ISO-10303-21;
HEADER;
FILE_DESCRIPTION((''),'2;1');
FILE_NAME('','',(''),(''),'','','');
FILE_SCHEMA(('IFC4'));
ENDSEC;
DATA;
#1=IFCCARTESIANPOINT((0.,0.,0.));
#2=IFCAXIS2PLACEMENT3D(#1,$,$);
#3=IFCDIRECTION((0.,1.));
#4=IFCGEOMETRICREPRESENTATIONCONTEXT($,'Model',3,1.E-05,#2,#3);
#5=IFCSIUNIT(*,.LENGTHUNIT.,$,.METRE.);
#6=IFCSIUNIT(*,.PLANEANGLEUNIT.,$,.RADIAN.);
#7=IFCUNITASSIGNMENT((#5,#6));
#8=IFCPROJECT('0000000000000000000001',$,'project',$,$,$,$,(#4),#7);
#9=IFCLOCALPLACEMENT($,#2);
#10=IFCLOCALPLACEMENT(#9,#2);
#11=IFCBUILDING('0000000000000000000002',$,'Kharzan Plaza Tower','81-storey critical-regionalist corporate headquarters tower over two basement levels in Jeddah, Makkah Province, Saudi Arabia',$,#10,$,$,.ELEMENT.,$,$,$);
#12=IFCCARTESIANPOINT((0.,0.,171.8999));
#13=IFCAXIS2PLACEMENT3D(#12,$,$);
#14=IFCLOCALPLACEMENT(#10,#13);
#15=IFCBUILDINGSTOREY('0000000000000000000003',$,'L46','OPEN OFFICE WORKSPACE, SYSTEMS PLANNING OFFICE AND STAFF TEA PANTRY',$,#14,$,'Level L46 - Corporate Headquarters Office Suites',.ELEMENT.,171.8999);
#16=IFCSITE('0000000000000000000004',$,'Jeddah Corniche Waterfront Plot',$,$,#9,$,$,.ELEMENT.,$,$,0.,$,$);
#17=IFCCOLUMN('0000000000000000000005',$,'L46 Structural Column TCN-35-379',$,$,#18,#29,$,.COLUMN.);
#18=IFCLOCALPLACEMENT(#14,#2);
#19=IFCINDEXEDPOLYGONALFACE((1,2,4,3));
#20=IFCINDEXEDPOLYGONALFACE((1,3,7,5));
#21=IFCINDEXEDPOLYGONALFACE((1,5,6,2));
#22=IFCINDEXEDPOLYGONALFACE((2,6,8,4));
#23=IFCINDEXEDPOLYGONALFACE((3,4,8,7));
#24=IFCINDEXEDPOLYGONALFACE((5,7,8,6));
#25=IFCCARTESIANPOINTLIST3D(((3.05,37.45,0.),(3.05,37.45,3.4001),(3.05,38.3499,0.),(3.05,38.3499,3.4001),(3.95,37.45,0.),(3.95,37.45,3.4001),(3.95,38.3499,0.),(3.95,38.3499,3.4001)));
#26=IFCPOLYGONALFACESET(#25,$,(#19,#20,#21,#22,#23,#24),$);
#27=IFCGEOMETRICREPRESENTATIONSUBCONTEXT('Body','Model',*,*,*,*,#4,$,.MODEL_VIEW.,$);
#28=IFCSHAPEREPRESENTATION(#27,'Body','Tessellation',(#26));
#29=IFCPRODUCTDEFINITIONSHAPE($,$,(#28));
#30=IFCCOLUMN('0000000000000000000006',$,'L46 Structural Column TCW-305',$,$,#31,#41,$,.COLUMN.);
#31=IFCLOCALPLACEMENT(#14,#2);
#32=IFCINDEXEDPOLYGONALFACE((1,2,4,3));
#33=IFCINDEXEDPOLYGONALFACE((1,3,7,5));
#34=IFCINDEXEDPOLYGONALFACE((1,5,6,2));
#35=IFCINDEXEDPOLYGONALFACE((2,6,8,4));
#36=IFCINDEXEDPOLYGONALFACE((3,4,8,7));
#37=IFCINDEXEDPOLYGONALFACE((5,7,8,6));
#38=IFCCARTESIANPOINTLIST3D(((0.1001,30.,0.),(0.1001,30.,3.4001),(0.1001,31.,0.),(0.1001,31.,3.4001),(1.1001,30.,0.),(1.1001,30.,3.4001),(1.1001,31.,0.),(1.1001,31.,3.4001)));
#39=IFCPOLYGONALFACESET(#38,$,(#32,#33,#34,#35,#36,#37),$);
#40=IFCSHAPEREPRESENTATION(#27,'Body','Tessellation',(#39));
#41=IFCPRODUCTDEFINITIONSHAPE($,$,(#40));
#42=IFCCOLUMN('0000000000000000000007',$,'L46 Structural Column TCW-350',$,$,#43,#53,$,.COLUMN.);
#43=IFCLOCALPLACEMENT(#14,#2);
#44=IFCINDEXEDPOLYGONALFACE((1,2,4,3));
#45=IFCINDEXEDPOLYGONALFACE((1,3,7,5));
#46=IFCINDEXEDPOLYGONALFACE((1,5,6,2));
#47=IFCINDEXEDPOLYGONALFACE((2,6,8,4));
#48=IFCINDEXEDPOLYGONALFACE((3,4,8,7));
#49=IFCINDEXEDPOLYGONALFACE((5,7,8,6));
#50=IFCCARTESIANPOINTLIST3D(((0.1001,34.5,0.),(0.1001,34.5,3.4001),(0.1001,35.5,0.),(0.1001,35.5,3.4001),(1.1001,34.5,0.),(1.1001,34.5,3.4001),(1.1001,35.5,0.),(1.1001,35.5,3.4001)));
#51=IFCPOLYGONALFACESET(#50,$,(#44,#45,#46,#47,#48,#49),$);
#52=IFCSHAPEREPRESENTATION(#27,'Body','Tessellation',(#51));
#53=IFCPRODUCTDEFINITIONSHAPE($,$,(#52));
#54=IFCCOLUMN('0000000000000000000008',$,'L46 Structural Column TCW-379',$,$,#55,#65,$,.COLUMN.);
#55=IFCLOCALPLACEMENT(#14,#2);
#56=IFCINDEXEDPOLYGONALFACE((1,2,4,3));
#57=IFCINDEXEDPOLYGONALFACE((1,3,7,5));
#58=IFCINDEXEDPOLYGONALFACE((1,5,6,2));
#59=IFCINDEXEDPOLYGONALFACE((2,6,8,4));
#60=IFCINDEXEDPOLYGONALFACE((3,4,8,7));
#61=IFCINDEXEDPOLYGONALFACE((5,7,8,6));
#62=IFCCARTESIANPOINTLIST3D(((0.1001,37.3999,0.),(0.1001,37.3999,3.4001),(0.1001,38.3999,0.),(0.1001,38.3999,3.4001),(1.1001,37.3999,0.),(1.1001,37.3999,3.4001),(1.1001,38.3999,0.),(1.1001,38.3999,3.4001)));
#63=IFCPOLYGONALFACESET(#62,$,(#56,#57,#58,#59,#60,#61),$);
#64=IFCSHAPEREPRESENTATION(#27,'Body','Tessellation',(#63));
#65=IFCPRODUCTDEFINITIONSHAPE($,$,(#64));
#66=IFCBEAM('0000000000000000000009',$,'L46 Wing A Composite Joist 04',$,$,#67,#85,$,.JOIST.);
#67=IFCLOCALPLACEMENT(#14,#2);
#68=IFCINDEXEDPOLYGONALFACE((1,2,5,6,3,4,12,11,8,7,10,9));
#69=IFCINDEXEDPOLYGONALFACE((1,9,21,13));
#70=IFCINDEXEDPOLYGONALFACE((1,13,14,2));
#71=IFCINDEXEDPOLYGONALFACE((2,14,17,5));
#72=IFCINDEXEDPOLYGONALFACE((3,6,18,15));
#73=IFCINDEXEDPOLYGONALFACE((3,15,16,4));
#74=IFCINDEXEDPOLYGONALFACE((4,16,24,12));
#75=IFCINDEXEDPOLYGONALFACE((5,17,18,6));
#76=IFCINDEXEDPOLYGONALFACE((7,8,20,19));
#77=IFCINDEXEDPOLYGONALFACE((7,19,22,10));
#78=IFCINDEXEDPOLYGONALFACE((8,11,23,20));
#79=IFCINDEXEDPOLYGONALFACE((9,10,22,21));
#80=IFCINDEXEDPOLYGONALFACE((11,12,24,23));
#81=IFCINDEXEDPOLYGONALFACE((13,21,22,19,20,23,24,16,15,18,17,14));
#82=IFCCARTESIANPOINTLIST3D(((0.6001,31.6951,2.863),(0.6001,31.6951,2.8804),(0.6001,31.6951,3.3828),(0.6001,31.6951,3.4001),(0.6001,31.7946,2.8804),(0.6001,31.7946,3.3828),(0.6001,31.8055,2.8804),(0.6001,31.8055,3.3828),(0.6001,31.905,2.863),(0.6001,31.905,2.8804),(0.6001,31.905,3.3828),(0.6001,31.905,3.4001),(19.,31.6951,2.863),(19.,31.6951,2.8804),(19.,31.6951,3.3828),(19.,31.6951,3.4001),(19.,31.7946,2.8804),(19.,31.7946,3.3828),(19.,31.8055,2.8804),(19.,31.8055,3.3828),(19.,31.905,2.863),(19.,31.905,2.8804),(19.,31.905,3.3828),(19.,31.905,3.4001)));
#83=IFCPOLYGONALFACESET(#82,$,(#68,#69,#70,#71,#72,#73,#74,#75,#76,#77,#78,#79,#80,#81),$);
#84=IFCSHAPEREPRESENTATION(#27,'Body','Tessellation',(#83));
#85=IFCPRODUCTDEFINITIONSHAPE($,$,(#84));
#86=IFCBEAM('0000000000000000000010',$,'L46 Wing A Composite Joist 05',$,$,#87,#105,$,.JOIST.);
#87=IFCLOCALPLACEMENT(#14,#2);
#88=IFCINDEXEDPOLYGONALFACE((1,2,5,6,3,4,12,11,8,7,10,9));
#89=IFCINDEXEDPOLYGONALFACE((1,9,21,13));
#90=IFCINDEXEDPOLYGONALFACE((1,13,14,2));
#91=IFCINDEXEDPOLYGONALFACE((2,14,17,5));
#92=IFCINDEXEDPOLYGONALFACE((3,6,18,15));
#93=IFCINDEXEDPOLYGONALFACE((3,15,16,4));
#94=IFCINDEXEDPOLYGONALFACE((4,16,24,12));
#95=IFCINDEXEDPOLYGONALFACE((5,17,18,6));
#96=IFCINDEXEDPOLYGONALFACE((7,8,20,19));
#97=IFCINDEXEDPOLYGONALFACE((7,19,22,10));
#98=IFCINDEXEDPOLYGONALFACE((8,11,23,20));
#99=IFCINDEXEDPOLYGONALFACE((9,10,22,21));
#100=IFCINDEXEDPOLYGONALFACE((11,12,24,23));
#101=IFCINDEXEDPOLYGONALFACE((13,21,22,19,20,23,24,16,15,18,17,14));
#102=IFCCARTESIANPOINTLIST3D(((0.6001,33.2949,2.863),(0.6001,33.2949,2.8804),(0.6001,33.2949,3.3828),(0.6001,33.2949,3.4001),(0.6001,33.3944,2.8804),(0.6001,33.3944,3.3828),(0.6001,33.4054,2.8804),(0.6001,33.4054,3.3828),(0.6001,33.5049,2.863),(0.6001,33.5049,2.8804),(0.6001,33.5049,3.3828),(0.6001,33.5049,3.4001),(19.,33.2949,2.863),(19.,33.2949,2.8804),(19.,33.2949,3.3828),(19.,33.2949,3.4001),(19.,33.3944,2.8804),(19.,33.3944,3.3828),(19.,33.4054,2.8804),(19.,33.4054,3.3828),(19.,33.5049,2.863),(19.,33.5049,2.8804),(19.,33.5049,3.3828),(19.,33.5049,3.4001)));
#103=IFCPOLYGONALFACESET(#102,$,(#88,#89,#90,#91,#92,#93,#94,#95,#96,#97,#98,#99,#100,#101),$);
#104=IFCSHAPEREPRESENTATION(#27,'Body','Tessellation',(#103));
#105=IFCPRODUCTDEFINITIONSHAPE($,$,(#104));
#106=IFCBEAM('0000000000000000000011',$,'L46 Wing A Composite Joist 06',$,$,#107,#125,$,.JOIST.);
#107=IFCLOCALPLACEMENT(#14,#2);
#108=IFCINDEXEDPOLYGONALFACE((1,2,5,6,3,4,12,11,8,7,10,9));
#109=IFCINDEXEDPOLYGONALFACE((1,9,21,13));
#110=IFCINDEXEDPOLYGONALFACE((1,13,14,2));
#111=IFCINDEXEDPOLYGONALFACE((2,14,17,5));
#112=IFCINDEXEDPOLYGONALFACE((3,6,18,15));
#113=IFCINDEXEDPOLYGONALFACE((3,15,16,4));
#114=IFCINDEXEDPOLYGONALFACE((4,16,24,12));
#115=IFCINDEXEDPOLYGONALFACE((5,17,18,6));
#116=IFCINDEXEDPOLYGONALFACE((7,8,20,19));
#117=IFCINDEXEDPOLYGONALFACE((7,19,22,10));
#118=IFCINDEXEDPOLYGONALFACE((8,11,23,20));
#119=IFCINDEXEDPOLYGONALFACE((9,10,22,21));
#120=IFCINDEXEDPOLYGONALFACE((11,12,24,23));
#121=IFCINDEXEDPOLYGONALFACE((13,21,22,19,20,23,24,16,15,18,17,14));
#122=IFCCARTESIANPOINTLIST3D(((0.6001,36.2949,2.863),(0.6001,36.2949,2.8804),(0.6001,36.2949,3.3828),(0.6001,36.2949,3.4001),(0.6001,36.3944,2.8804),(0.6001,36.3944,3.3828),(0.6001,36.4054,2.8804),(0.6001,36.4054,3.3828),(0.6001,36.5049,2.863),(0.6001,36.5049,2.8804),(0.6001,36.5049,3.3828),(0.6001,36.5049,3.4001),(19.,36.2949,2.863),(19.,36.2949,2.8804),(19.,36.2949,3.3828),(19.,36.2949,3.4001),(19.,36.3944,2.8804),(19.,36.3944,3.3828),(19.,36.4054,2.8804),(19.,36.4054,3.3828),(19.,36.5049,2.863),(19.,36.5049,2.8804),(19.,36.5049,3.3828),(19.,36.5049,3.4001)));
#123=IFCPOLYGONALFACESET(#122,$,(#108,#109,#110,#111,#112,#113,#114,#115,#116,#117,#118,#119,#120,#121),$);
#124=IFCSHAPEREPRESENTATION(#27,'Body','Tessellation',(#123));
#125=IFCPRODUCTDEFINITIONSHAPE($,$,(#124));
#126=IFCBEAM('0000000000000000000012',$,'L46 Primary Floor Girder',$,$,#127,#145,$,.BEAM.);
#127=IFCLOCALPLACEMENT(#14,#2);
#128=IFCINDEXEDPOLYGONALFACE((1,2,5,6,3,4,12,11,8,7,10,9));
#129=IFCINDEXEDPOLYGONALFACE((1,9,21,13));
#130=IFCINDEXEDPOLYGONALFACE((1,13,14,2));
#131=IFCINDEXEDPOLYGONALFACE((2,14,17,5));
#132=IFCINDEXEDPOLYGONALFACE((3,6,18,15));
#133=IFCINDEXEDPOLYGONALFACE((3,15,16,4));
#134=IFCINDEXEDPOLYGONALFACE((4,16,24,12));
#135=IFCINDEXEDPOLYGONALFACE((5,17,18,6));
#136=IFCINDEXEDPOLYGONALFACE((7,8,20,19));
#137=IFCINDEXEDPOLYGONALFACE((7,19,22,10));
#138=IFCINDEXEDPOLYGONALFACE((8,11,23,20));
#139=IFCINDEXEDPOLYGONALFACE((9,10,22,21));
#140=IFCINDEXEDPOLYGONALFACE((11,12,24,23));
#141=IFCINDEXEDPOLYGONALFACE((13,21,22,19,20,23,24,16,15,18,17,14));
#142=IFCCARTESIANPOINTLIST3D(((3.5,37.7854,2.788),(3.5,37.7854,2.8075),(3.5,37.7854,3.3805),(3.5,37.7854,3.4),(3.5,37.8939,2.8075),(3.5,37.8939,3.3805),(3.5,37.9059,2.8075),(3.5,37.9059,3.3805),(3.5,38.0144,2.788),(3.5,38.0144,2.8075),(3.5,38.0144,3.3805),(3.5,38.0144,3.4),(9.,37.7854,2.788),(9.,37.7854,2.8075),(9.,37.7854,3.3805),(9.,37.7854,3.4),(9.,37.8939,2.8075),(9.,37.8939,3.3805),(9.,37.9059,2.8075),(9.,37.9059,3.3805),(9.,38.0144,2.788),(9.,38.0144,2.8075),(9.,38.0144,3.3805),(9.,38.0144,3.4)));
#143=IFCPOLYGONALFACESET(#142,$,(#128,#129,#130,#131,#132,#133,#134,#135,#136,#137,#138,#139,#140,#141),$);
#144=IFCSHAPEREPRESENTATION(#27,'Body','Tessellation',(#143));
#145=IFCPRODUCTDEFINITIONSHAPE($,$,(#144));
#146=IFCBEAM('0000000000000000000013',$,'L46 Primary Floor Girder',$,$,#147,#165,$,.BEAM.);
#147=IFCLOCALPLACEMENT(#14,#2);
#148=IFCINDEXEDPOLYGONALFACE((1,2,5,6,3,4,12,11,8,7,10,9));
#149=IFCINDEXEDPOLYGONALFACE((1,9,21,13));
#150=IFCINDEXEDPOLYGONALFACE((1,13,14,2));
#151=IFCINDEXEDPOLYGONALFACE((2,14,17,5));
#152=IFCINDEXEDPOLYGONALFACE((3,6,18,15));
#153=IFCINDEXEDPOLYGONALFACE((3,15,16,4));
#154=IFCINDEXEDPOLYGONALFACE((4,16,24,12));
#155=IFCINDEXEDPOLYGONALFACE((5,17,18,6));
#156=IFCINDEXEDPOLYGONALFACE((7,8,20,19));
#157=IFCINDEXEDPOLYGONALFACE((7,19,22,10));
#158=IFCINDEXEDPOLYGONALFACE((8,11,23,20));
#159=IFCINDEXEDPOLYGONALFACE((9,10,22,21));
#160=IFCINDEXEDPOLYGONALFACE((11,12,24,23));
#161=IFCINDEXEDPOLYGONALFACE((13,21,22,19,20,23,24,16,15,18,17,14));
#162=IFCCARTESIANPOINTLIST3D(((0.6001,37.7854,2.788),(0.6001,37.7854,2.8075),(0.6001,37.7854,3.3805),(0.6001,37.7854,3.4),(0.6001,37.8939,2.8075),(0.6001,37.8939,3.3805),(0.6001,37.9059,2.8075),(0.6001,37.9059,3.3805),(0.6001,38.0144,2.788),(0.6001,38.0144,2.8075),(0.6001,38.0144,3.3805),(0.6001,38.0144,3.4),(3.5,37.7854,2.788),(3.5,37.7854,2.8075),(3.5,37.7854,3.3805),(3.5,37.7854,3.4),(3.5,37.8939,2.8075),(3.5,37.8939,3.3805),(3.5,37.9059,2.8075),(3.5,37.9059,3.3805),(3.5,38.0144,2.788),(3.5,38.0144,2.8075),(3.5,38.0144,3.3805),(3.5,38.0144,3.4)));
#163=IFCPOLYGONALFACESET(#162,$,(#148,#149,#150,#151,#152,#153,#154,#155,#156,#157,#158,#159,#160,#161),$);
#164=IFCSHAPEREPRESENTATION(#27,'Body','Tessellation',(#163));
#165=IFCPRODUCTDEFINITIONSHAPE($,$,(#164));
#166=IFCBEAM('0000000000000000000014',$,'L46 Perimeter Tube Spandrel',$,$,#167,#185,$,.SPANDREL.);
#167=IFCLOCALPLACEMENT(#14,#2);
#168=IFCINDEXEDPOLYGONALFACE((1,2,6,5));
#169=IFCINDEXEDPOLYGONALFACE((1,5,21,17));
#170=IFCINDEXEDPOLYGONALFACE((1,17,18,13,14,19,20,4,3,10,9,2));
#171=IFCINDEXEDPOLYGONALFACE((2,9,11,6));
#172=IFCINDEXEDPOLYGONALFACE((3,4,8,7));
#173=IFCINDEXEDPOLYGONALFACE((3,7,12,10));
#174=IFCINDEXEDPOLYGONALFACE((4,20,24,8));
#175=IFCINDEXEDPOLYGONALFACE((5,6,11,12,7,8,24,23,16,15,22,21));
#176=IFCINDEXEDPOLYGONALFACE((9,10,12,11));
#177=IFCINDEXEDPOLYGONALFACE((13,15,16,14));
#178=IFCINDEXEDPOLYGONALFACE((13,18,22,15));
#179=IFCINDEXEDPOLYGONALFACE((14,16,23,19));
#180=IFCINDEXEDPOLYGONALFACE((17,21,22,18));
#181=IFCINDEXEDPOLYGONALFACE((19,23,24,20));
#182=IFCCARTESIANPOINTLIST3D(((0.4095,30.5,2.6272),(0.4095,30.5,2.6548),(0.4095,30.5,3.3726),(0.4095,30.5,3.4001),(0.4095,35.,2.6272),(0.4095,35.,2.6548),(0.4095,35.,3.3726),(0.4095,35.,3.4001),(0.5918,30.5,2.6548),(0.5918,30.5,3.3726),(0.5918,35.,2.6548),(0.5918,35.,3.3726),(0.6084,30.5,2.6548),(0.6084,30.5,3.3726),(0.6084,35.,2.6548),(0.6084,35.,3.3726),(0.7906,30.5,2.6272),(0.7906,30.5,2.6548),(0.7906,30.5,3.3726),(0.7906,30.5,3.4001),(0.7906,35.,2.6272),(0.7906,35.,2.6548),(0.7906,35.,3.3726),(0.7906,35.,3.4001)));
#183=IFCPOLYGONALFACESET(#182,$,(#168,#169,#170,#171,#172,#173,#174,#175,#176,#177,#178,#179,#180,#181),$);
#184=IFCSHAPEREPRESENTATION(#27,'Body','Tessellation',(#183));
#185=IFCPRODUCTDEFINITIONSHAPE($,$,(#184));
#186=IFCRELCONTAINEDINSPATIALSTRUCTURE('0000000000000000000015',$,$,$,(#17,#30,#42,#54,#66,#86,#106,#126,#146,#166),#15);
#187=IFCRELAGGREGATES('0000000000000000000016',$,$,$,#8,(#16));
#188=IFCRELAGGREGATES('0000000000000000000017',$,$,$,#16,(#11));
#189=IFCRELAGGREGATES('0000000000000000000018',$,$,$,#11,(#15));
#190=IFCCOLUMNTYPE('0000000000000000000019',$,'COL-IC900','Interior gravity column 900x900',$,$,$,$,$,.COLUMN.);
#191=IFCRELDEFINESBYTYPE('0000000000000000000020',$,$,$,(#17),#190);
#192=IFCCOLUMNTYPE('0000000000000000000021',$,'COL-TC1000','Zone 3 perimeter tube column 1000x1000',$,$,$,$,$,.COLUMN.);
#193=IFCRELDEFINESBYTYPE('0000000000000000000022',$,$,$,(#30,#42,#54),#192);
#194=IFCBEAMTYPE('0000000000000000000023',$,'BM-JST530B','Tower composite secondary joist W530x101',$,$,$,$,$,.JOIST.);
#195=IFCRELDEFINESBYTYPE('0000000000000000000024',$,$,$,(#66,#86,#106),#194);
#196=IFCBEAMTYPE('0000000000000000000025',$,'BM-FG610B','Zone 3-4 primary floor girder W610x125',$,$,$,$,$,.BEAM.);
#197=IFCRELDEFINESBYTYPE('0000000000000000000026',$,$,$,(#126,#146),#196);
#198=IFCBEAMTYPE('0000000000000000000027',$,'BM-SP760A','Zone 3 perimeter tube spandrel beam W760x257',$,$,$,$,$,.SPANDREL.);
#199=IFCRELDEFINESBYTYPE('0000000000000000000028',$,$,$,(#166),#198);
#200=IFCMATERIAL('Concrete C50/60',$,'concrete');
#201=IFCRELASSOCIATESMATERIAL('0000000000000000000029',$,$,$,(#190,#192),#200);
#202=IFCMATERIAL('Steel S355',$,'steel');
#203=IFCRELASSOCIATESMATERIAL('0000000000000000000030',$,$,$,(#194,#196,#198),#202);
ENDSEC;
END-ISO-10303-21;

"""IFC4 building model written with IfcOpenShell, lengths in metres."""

from ifc_helpers import new_model, si_unit, direction, frame, origin, origin_2d, place, context, subcontext, project, spatial, rectangle, i_section, extrude, source, transform, mapped, material, material_profile, profile_set, type_object, element, save


model = new_model("IFC4")

# Units and contexts
model_context = context("Model", 3, precision=1e-05, world=origin(), true_north=direction((0.0, 1.0)))
body_context = subcontext(model_context, "Body", "Model", "MODEL_VIEW")
ifc_project = project(units=[si_unit("LENGTHUNIT", "METRE"), si_unit("PLANEANGLEUNIT", "RADIAN")], contexts=[model_context])

# Site, building, storey
site_placement = place(None, origin())
site = spatial("IfcSite", under=ifc_project, at=site_placement, Name="Jeddah Corniche Waterfront Plot", CompositionType="ELEMENT", RefElevation=0.0)
building_placement = place(site_placement, origin())
building = spatial("IfcBuilding", under=site, at=building_placement, Name="Kharzan Plaza Tower", Description="81-storey critical-regionalist corporate headquarters tower over two basement levels in Jeddah, Makkah Province, Saudi Arabia", CompositionType="ELEMENT")
storey_placement = place(building_placement, frame((0.0, 0.0, 171.8999)))
storey = spatial("IfcBuildingStorey", under=building, at=storey_placement, Name="L46", Description="OPEN OFFICE WORKSPACE, SYSTEMS PLANNING OFFICE AND STAFF TEA PANTRY", LongName="Level L46 - Corporate Headquarters Office Suites", CompositionType="ELEMENT", Elevation=171.8999)

# Columns
ifc_material_1 = material(Name="Concrete C50/60", Category="concrete")
ifc_material_profile_1 = material_profile(ifc_material_1, rectangle(XDim=0.8999, YDim=0.8999, at=origin_2d()), Name="RC-IC900x900")
ifc_profile_set_1 = profile_set([ifc_material_profile_1], Name="Concrete C50/60")
column_type_1 = type_object("IfcColumnType", Name="COL-IC900", Description="Interior gravity column 900x900", PredefinedType="COLUMN", material=ifc_profile_set_1)
shared_shape_1 = source(origin(), body_context, "Body", "SweptSolid", [
    extrude(rectangle(XDim=0.8999, YDim=0.8999, at=origin_2d()), origin(), (0.0, 0.0, 1.0), 3.4001),
])
column_placement = place(storey_placement, frame((3.5, 37.8999, 0.0), z_axis=(0.0, 0.0, 1.0), x_axis=(1.0, 0.0, 0.0)))
element("IfcColumn", 1, at=column_placement, inside=storey, type_object=column_type_1, Name="L46 Structural Column TCN-35-379", PredefinedType="COLUMN", context=body_context, shape_type="MappedRepresentation", body=[
    mapped(shared_shape_1, transform((0.0, 0.0, 0.0), x_axis=(1.0, 0.0, 0.0), y_axis=(0.0, 1.0, 0.0), z_axis=(0.0, 0.0, 1.0))),
])
ifc_material_profile_2 = material_profile(ifc_material_1, rectangle(XDim=1.0, YDim=1.0, at=origin_2d()), Name="RC-TC1000x1000")
ifc_profile_set_2 = profile_set([ifc_material_profile_2], Name="Concrete C50/60")
column_type_2 = type_object("IfcColumnType", Name="COL-TC1000", Description="Zone 3 perimeter tube column 1000x1000", PredefinedType="COLUMN", material=ifc_profile_set_2)
shared_shape_2 = source(origin(), body_context, "Body", "SweptSolid", [
    extrude(rectangle(XDim=1.0, YDim=1.0, at=origin_2d()), origin(), (0.0, 0.0, 1.0), 3.4001),
])
for number, where, z_axis, x_axis, name in (
    (2, (0.6001, 30.5, 0.0), (0.0, 0.0, 1.0), (1.0, 0.0, 0.0), "L46 Structural Column TCW-305"),
    (3, (0.6001, 35.0, 0.0), (0.0, 0.0, 1.0), (1.0, 0.0, 0.0), "L46 Structural Column TCW-350"),
    (4, (0.6001, 37.8999, 0.0), (0.0, 0.0, 1.0), (1.0, 0.0, 0.0), "L46 Structural Column TCW-379"),
):
    element("IfcColumn", number, at=place(storey_placement, frame(where, z_axis=z_axis, x_axis=x_axis)), inside=storey, type_object=column_type_2, Name=name, PredefinedType="COLUMN", context=body_context, shape_type="MappedRepresentation", body=[
        mapped(shared_shape_2, transform((0.0, 0.0, 0.0), x_axis=(1.0, 0.0, 0.0), y_axis=(0.0, 1.0, 0.0), z_axis=(0.0, 0.0, 1.0))),
    ])

# Beams
ifc_material_2 = material(Name="Steel S355", Category="steel")
ifc_material_profile_3 = material_profile(ifc_material_2, i_section(OverallWidth=0.21, OverallDepth=0.5371, WebThickness=0.011, FlangeThickness=0.0173, at=origin_2d()), Name="W530x101")
ifc_profile_set_3 = profile_set([ifc_material_profile_3], Name="Steel S355")
beam_type_1 = type_object("IfcBeamType", Name="BM-JST530B", Description="Tower composite secondary joist W530x101", PredefinedType="JOIST", material=ifc_profile_set_3)
shared_shape_3 = source(origin(), body_context, "Body", "SweptSolid", [
    extrude(i_section(OverallWidth=0.21, OverallDepth=0.5371, WebThickness=0.011, FlangeThickness=0.0173, at=origin_2d()), origin(), (0.0, 0.0, 1.0), 18.3999),
])
for number, where, z_axis, x_axis, name in (
    (5, (0.6001, 31.8, 3.1316), (1.0, 0.0, 0.0), (0.0, 1.0, 0.0), "L46 Wing A Composite Joist 04"),
    (6, (0.6001, 33.3999, 3.1316), (1.0, 0.0, 0.0), (0.0, 1.0, 0.0), "L46 Wing A Composite Joist 05"),
    (7, (0.6001, 36.3999, 3.1316), (1.0, 0.0, 0.0), (0.0, 1.0, 0.0), "L46 Wing A Composite Joist 06"),
):
    element("IfcBeam", number, at=place(storey_placement, frame(where, z_axis=z_axis, x_axis=x_axis)), inside=storey, type_object=beam_type_1, Name=name, PredefinedType="JOIST", context=body_context, shape_type="MappedRepresentation", body=[
        mapped(shared_shape_3, transform((0.0, 0.0, 0.0), x_axis=(1.0, 0.0, 0.0), y_axis=(0.0, 1.0, 0.0), z_axis=(0.0, 0.0, 1.0))),
    ])
ifc_material_profile_4 = material_profile(ifc_material_2, i_section(OverallWidth=0.229, OverallDepth=0.6121, WebThickness=0.012, FlangeThickness=0.0195, at=origin_2d()), Name="W610x125")
ifc_profile_set_4 = profile_set([ifc_material_profile_4], Name="Steel S355")
beam_type_2 = type_object("IfcBeamType", Name="BM-FG610B", Description="Zone 3-4 primary floor girder W610x125", PredefinedType="BEAM", material=ifc_profile_set_4)
shared_shape_4 = source(origin(), body_context, "Body", "SweptSolid", [
    extrude(i_section(OverallWidth=0.229, OverallDepth=0.6121, WebThickness=0.012, FlangeThickness=0.0195, at=origin_2d()), origin(), (0.0, 0.0, 1.0), 5.5),
])
beam_1_placement = place(storey_placement, frame((3.5, 37.8999, 3.094), z_axis=(1.0, 0.0, 0.0), x_axis=(0.0, 1.0, 0.0)))
element("IfcBeam", 8, at=beam_1_placement, inside=storey, type_object=beam_type_2, Name="L46 Primary Floor Girder", PredefinedType="BEAM", context=body_context, shape_type="MappedRepresentation", body=[
    mapped(shared_shape_4, transform((0.0, 0.0, 0.0), x_axis=(1.0, 0.0, 0.0), y_axis=(0.0, 1.0, 0.0), z_axis=(0.0, 0.0, 1.0))),
])
shared_shape_5 = source(origin(), body_context, "Body", "SweptSolid", [
    extrude(i_section(OverallWidth=0.229, OverallDepth=0.6121, WebThickness=0.012, FlangeThickness=0.0195, at=origin_2d()), origin(), (0.0, 0.0, 1.0), 2.8999),
])
beam_2_placement = place(storey_placement, frame((0.6001, 37.8999, 3.094), z_axis=(1.0, 0.0, 0.0), x_axis=(0.0, 1.0, 0.0)))
element("IfcBeam", 9, at=beam_2_placement, inside=storey, type_object=beam_type_2, Name="L46 Primary Floor Girder", PredefinedType="BEAM", context=body_context, shape_type="MappedRepresentation", body=[
    mapped(shared_shape_5, transform((0.0, 0.0, 0.0), x_axis=(1.0, 0.0, 0.0), y_axis=(0.0, 1.0, 0.0), z_axis=(0.0, 0.0, 1.0))),
])
ifc_material_profile_5 = material_profile(ifc_material_2, i_section(OverallWidth=0.3811, OverallDepth=0.7729, WebThickness=0.0166, FlangeThickness=0.0276, at=origin_2d()), Name="W760x257")
ifc_profile_set_5 = profile_set([ifc_material_profile_5], Name="Steel S355")
beam_type_3 = type_object("IfcBeamType", Name="BM-SP760A", Description="Zone 3 perimeter tube spandrel beam W760x257", PredefinedType="SPANDREL", material=ifc_profile_set_5)
shared_shape_6 = source(origin(), body_context, "Body", "SweptSolid", [
    extrude(i_section(OverallWidth=0.3811, OverallDepth=0.7729, WebThickness=0.0166, FlangeThickness=0.0276, at=origin_2d()), origin(), (0.0, 0.0, 1.0), 4.5),
])
beam_3_placement = place(storey_placement, frame((0.6001, 30.5, 3.0137), z_axis=(0.0, 1.0, 0.0), x_axis=(-1.0, 0.0, 0.0)))
element("IfcBeam", 10, at=beam_3_placement, inside=storey, type_object=beam_type_3, Name="L46 Perimeter Tube Spandrel", PredefinedType="SPANDREL", context=body_context, shape_type="MappedRepresentation", body=[
    mapped(shared_shape_6, transform((0.0, 0.0, 0.0), x_axis=(1.0, 0.0, 0.0), y_axis=(0.0, 1.0, 0.0), z_axis=(0.0, 0.0, 1.0))),
])

save(model, "model.ifc")
